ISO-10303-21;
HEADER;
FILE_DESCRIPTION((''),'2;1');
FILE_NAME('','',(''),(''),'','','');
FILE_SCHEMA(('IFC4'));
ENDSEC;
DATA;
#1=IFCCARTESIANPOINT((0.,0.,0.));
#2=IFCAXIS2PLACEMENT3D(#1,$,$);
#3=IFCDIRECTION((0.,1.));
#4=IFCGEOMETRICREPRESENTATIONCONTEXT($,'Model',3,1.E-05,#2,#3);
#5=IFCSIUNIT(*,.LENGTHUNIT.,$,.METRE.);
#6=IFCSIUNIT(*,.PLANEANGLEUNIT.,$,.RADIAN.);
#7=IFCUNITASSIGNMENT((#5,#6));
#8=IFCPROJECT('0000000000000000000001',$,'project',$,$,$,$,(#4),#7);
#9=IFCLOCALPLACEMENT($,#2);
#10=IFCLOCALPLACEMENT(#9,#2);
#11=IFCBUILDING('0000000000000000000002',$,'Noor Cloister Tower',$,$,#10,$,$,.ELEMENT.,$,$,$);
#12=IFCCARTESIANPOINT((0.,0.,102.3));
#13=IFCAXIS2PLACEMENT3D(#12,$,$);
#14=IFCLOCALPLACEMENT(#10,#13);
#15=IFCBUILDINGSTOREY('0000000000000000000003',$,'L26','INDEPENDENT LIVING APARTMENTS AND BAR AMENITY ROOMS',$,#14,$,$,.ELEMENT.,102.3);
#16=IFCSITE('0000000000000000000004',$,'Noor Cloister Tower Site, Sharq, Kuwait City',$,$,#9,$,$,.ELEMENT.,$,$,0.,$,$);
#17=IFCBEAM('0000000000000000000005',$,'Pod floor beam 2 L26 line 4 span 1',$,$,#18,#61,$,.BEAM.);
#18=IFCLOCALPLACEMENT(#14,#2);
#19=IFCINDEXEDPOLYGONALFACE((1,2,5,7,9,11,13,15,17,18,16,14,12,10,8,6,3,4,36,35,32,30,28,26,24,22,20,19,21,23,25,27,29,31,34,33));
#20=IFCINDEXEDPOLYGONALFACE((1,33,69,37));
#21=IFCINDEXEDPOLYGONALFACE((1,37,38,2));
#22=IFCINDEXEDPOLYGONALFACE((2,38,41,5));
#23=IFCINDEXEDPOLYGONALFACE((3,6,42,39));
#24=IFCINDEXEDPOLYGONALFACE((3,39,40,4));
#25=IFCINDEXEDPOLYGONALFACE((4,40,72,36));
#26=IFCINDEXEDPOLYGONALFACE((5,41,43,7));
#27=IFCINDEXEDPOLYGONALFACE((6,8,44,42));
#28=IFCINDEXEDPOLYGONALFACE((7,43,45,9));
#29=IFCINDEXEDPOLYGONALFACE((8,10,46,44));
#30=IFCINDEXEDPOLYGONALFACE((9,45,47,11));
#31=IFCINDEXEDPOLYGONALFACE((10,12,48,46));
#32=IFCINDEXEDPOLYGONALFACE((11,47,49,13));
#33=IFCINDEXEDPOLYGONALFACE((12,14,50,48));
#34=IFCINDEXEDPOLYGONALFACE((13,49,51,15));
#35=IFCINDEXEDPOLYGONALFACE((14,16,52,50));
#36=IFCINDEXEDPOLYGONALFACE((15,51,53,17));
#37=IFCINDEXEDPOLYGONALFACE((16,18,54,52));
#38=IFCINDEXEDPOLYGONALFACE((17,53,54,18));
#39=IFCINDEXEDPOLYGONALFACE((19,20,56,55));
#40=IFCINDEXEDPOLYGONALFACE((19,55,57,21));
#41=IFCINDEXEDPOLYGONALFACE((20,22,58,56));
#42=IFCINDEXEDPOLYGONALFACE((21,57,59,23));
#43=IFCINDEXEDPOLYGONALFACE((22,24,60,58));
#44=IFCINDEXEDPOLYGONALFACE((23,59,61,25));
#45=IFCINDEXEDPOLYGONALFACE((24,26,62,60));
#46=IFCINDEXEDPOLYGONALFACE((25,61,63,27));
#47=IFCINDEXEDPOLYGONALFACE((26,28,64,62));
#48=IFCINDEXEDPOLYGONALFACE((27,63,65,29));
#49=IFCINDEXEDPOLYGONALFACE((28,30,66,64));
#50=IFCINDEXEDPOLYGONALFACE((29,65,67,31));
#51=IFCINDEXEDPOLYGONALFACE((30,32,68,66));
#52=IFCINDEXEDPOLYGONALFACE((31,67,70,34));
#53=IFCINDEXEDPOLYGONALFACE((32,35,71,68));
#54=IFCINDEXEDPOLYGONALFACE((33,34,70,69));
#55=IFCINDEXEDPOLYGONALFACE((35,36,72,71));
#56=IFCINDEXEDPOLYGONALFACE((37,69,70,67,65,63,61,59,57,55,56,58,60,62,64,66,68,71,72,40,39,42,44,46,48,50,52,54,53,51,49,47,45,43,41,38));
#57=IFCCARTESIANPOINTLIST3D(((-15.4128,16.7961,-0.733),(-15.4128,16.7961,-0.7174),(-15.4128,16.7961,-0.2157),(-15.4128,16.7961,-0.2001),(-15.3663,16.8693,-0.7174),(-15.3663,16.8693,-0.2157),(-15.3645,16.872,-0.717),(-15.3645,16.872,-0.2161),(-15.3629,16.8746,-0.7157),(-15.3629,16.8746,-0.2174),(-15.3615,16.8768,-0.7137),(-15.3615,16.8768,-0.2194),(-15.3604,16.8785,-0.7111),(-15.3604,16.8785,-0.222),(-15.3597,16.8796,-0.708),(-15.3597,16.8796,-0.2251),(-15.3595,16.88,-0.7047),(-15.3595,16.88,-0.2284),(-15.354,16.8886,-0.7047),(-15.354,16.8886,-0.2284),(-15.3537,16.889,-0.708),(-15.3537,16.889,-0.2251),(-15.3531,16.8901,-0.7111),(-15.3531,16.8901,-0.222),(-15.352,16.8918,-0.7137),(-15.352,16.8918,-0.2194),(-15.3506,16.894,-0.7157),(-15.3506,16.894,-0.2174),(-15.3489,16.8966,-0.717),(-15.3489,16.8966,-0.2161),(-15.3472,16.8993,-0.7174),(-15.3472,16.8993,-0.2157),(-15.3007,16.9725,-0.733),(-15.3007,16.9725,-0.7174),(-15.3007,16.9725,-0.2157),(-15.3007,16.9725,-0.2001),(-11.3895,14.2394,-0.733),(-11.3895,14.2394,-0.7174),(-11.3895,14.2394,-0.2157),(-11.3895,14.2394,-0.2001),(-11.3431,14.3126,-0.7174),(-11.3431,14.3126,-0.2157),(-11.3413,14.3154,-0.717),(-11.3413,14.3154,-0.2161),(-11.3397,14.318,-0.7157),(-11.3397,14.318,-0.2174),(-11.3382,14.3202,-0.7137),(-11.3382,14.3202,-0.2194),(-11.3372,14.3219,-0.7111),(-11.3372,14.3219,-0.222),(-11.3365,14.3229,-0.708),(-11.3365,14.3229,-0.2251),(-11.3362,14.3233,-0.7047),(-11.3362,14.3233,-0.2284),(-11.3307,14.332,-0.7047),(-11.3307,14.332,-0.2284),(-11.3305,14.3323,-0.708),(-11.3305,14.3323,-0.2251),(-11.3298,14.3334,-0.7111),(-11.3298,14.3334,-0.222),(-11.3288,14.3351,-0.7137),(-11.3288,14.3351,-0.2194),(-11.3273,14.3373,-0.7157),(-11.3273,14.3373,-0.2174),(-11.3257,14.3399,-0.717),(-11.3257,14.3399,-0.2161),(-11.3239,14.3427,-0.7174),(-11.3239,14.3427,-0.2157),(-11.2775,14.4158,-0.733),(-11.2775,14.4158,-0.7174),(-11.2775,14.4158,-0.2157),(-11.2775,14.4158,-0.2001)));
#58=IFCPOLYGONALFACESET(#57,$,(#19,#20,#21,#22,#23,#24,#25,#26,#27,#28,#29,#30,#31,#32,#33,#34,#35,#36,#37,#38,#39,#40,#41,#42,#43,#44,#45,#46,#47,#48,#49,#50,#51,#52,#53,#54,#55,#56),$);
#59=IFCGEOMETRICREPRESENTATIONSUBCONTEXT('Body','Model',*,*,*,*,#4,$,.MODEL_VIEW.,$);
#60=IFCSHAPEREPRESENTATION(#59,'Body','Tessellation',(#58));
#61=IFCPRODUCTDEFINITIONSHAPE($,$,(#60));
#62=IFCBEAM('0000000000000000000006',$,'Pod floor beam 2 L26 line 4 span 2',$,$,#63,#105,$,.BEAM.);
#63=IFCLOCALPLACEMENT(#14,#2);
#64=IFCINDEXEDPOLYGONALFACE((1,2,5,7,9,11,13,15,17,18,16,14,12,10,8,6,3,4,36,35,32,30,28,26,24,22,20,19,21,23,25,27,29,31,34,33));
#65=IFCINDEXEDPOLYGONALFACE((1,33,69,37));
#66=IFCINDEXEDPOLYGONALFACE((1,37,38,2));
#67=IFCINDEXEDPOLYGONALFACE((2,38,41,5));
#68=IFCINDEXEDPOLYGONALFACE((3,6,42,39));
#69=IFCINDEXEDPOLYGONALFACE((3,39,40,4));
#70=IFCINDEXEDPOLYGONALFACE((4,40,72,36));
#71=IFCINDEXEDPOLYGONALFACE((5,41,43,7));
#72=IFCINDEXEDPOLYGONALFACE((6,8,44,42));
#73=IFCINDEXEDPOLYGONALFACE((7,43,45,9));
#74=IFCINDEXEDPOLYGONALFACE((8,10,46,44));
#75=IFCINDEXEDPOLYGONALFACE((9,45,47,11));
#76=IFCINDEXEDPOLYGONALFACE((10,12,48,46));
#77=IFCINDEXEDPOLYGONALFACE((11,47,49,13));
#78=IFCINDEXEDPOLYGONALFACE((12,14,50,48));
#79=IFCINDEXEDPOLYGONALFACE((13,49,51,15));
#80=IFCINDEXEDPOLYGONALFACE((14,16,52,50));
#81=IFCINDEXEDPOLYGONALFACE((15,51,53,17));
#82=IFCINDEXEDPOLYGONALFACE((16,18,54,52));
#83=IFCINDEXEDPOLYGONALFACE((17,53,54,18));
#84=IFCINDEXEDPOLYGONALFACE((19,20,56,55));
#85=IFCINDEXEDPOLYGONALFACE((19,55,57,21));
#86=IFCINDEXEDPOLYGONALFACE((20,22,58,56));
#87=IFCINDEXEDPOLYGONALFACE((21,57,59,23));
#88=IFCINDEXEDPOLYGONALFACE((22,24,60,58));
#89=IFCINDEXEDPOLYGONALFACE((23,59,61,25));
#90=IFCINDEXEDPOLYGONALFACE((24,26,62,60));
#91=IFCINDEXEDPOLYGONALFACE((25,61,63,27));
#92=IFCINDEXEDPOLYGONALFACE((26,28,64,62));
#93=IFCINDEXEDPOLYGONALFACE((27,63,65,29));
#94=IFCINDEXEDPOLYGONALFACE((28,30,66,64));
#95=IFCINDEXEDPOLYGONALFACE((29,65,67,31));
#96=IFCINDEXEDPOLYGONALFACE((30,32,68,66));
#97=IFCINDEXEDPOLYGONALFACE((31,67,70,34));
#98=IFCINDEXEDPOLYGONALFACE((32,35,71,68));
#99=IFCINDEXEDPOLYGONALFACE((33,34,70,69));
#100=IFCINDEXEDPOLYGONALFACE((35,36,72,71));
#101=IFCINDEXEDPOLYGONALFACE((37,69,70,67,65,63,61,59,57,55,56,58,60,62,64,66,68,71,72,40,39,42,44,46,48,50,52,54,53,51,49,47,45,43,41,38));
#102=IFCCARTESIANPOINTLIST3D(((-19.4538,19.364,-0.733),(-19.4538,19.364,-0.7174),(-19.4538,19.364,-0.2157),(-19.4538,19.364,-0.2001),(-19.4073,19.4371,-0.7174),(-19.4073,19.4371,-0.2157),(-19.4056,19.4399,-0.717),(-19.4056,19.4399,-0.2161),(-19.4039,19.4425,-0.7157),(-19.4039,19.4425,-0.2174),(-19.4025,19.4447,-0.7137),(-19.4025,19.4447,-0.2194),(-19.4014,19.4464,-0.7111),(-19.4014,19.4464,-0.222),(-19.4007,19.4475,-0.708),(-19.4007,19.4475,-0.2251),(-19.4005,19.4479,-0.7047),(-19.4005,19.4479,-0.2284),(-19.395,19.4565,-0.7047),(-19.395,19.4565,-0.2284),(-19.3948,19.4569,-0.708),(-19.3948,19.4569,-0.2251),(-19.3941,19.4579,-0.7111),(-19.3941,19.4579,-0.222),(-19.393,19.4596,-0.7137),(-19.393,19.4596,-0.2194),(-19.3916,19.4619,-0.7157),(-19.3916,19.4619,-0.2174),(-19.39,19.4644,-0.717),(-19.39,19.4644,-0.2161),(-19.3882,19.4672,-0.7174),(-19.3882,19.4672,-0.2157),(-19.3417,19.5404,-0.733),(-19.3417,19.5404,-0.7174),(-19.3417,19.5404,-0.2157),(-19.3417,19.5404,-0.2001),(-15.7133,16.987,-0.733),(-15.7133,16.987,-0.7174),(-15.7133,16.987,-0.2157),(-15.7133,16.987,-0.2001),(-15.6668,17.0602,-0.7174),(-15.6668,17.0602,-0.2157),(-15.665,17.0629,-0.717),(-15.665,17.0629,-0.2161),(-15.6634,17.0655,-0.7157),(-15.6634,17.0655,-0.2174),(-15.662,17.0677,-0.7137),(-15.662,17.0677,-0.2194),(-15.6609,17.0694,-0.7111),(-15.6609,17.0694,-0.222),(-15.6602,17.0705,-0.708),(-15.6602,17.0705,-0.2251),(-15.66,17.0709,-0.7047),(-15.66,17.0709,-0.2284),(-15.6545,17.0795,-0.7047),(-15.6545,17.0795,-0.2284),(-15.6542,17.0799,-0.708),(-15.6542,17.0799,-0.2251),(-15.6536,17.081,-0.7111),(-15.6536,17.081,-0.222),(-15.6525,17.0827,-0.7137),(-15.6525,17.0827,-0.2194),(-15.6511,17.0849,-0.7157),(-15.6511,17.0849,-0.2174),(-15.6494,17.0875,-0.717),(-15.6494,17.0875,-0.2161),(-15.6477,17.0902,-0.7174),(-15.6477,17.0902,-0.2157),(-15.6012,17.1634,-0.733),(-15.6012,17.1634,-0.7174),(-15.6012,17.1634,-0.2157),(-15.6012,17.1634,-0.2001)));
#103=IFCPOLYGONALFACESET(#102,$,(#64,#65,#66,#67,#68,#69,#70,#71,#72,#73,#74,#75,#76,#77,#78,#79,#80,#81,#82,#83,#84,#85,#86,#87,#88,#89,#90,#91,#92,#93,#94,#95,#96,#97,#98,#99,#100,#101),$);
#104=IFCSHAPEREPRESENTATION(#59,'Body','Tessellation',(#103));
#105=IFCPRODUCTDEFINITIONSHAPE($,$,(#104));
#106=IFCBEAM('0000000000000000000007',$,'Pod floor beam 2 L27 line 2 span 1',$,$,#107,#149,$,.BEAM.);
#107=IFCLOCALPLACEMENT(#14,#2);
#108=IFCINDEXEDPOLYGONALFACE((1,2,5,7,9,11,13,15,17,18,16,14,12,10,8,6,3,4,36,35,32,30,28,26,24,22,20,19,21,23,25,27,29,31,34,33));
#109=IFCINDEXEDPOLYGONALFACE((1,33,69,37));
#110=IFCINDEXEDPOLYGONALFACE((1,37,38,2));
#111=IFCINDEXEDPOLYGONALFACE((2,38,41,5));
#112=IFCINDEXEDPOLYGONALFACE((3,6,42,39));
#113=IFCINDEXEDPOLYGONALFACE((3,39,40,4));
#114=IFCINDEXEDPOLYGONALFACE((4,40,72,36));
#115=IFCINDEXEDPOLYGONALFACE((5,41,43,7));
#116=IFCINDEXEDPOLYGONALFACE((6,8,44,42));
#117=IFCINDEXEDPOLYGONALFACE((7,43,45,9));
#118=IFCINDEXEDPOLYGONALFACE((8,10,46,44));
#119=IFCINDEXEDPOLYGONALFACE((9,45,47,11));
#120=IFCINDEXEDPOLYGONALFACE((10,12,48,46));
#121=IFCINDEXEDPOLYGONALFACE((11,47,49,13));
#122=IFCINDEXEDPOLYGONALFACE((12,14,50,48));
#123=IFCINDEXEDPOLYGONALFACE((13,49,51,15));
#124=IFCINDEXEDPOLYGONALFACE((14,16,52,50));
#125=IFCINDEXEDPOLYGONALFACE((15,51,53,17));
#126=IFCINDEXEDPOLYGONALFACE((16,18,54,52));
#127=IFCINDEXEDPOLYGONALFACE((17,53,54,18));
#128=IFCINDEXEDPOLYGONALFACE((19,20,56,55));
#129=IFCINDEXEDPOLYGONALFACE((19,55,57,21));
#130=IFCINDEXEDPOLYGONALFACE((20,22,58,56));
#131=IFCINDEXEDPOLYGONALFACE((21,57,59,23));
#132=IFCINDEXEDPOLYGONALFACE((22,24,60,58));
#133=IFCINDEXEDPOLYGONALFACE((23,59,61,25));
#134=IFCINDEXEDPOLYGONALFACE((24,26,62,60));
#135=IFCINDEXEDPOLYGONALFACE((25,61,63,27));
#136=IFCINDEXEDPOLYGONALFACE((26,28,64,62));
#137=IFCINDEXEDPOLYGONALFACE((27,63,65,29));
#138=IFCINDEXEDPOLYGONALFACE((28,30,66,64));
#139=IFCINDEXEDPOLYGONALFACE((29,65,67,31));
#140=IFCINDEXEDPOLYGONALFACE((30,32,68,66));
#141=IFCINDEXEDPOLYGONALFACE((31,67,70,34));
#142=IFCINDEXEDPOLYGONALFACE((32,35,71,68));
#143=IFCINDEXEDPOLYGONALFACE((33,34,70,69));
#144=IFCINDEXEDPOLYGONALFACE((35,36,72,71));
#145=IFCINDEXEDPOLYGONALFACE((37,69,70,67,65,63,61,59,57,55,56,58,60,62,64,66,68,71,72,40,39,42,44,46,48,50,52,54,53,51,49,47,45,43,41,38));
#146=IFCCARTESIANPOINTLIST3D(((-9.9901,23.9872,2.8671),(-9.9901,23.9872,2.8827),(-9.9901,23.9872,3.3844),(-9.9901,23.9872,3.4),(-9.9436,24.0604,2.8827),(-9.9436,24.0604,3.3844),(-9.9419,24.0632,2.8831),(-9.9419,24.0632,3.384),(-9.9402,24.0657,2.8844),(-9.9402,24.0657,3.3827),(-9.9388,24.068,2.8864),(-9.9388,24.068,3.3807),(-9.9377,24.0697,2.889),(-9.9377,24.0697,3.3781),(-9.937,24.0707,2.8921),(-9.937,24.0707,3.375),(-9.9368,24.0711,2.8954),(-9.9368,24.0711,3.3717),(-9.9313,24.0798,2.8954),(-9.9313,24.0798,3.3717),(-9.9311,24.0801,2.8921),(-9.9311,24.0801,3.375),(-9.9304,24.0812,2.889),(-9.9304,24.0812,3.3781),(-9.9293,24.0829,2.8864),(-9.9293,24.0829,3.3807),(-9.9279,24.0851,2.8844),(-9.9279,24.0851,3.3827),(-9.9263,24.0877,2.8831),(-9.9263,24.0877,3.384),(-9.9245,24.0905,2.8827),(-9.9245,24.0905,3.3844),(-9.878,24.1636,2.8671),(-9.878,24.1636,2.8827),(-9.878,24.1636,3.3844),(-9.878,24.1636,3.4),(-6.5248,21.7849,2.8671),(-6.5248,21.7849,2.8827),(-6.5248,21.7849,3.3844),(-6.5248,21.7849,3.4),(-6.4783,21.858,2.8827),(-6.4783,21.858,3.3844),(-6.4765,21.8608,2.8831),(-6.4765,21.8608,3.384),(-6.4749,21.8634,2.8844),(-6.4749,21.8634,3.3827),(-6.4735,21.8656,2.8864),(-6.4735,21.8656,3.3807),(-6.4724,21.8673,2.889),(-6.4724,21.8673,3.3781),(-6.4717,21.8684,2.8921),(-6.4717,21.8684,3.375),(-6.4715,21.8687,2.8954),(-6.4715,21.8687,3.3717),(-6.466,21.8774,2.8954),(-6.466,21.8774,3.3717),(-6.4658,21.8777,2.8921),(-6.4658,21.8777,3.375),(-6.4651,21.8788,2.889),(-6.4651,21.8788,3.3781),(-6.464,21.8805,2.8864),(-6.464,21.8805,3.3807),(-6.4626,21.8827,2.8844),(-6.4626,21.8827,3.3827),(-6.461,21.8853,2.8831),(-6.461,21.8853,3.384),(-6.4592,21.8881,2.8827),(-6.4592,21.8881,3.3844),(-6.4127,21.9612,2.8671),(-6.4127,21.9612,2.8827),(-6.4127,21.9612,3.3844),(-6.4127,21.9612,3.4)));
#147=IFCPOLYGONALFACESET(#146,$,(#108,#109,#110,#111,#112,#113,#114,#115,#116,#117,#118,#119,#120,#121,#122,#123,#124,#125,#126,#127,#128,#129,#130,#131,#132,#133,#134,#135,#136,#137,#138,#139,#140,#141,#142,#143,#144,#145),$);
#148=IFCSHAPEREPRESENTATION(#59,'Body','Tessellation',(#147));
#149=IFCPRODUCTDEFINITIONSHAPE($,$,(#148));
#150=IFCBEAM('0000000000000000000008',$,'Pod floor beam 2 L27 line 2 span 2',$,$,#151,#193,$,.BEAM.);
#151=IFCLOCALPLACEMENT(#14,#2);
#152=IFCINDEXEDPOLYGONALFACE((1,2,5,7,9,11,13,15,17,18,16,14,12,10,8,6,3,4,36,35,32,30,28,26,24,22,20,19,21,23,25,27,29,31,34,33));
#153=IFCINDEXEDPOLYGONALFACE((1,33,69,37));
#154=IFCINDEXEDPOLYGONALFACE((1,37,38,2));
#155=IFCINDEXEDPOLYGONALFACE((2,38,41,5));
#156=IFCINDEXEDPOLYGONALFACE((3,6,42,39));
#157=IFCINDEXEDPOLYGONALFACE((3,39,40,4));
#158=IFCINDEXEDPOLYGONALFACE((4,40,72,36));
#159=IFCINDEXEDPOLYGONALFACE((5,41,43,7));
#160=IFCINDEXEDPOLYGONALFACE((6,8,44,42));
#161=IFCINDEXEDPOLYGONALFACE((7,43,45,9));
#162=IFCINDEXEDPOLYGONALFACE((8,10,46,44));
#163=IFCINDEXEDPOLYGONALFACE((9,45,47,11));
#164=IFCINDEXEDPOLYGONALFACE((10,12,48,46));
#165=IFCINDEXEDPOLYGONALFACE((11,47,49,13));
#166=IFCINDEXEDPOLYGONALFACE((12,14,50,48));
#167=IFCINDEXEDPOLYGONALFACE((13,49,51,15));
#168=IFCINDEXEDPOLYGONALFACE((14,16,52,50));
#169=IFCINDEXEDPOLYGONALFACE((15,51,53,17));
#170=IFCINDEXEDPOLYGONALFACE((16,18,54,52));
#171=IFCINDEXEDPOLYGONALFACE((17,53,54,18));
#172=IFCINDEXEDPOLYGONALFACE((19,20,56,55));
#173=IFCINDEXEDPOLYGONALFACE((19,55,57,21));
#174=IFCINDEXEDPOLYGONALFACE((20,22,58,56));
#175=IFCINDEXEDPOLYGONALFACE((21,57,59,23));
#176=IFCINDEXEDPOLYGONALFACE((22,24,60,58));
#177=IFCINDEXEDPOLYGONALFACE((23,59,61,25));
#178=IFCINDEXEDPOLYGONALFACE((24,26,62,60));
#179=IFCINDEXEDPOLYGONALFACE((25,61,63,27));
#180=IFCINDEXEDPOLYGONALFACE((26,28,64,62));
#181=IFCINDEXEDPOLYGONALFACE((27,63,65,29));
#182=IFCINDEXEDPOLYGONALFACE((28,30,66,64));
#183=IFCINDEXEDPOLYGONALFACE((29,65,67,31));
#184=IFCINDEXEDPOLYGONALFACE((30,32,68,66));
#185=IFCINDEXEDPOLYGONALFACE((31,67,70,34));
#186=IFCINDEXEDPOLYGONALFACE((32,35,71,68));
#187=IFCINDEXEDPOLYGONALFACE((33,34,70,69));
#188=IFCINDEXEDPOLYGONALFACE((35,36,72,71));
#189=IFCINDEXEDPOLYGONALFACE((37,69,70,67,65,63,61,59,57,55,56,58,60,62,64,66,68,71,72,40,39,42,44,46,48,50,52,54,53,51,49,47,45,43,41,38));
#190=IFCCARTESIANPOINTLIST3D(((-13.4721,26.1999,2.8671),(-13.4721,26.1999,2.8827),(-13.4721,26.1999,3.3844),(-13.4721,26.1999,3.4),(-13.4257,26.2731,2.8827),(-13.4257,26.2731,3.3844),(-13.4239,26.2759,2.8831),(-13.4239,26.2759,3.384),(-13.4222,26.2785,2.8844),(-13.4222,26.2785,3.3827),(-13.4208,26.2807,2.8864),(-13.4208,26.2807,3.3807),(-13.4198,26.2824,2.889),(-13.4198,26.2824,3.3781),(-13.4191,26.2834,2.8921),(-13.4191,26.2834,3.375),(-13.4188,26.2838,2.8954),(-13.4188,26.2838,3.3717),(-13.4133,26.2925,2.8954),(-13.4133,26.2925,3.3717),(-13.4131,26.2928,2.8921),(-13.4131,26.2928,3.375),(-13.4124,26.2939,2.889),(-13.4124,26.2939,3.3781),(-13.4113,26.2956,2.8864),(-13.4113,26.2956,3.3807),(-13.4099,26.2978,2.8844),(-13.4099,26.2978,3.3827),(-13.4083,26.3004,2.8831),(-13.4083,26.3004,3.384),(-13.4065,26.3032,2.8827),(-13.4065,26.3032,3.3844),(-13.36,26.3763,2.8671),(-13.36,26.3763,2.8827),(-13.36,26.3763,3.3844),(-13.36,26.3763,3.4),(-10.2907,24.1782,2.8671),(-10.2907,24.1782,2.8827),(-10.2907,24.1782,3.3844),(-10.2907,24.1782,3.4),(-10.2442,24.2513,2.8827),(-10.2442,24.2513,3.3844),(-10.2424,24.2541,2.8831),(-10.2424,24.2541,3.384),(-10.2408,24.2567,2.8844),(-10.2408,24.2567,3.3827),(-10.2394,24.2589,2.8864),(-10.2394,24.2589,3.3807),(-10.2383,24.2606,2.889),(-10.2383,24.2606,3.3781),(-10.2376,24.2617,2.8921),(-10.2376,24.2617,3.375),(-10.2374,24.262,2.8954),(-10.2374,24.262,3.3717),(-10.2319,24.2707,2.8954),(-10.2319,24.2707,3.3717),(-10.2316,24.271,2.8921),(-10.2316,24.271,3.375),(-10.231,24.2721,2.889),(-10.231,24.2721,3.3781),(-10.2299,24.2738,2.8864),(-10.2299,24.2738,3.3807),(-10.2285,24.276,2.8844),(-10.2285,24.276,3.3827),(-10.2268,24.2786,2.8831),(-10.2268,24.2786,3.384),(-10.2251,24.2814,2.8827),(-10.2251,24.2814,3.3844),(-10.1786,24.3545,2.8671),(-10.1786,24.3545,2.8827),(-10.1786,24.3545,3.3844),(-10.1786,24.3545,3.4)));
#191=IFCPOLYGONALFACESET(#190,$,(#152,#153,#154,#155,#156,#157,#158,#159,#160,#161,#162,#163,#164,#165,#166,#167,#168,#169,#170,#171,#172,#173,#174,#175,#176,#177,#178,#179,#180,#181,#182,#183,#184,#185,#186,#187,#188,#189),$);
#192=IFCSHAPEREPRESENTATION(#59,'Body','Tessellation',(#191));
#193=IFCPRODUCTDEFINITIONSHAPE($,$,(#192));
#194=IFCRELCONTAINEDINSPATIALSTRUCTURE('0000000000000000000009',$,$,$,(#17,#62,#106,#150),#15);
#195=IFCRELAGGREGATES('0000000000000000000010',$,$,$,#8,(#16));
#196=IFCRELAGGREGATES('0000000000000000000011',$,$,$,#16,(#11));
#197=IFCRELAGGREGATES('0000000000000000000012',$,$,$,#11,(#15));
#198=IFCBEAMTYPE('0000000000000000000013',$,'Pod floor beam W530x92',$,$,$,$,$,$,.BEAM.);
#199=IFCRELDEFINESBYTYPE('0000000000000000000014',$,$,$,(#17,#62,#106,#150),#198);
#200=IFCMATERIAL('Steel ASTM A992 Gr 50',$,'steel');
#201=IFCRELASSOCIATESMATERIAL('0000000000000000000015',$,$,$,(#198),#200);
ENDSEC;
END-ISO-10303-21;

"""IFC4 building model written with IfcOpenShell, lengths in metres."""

from ifc_helpers import new_model, si_unit, direction, frame, origin, origin_2d, place, context, subcontext, project, spatial, i_section, extrude, material, material_profile, profile_set, type_object, element, save


model = new_model("IFC4")

# Units and contexts
model_context = context("Model", 3, precision=1e-05, world=origin(), true_north=direction((0.0, 1.0)))
body_context = subcontext(model_context, "Body", "Model", "MODEL_VIEW")
ifc_project = project(units=[si_unit("LENGTHUNIT", "METRE"), si_unit("PLANEANGLEUNIT", "RADIAN")], contexts=[model_context])

# Site, building, storey
site_placement = place(None, origin())
site = spatial("IfcSite", under=ifc_project, at=site_placement, Name="Noor Cloister Tower Site, Sharq, Kuwait City", CompositionType="ELEMENT", RefElevation=0.0)
building_placement = place(site_placement, origin())
building = spatial("IfcBuilding", under=site, at=building_placement, Name="Noor Cloister Tower", CompositionType="ELEMENT")
storey_placement = place(building_placement, frame((0.0, 0.0, 102.3)))
storey = spatial("IfcBuildingStorey", under=building, at=storey_placement, Name="L26", Description="INDEPENDENT LIVING APARTMENTS AND BAR AMENITY ROOMS", CompositionType="ELEMENT", Elevation=102.3)

# Beams
ifc_material_1 = material(Name="Steel ASTM A992 Gr 50", Category="steel")
ifc_material_profile_1 = material_profile(ifc_material_1, i_section(OverallWidth=0.209, OverallDepth=0.533, WebThickness=0.0103, FlangeThickness=0.0156, FilletRadius=0.0127, at=origin_2d()), Name="W530x92")
ifc_profile_set_1 = profile_set([ifc_material_profile_1], Name="Steel ASTM A992 Gr 50")
beam_type_1 = type_object("IfcBeamType", Name="Pod floor beam W530x92", PredefinedType="BEAM", material=ifc_profile_set_1)
beam_1_placement = place(storey_placement, frame((-11.3335, 14.3276, -0.4666), z_axis=(-0.844001, 0.536342, 0.0), x_axis=(-0.536342, -0.844001, 0.0)))
element("IfcBeam", 1, at=beam_1_placement, inside=storey, type_object=beam_type_1, Name="Pod floor beam 2 L26 line 4 span 1", PredefinedType="BEAM", context=body_context, shape_type="SweptSolid", body=[
    extrude(i_section(OverallWidth=0.209, OverallDepth=0.533, WebThickness=0.0103, FlangeThickness=0.0156, FilletRadius=0.0127, at=origin_2d()), origin(), (0.0, 0.0, 1.0), 4.7668),
])
beam_2_placement = place(storey_placement, frame((-15.6572, 17.0752, -0.4666), z_axis=(-0.844004, 0.536337, 0.0), x_axis=(-0.536337, -0.844004, 0.0)))
element("IfcBeam", 2, at=beam_2_placement, inside=storey, type_object=beam_type_1, Name="Pod floor beam 2 L26 line 4 span 2", PredefinedType="BEAM", context=body_context, shape_type="SweptSolid", body=[
    extrude(i_section(OverallWidth=0.209, OverallDepth=0.533, WebThickness=0.0103, FlangeThickness=0.0156, FilletRadius=0.0127, at=origin_2d()), origin(), (0.0, 0.0, 1.0), 4.4319),
])
beam_3_placement = place(storey_placement, frame((-6.4688, 21.873, 3.1335), z_axis=(-0.843972, 0.536387, 0.0), x_axis=(-0.536387, -0.843972, 0.0)))
element("IfcBeam", 3, at=beam_3_placement, inside=storey, type_object=beam_type_1, Name="Pod floor beam 2 L27 line 2 span 1", PredefinedType="BEAM", context=body_context, shape_type="SweptSolid", body=[
    extrude(i_section(OverallWidth=0.209, OverallDepth=0.533, WebThickness=0.0103, FlangeThickness=0.0156, FilletRadius=0.0127, at=origin_2d()), origin(), (0.0, 0.0, 1.0), 4.106),
])
beam_4_placement = place(storey_placement, frame((-10.2346, 24.2664, 3.1335), z_axis=(-0.843997, 0.536347, 0.0), x_axis=(-0.536347, -0.843997, 0.0)))
element("IfcBeam", 4, at=beam_4_placement, inside=storey, type_object=beam_type_1, Name="Pod floor beam 2 L27 line 2 span 2", PredefinedType="BEAM", context=body_context, shape_type="SweptSolid", body=[
    extrude(i_section(OverallWidth=0.209, OverallDepth=0.533, WebThickness=0.0103, FlangeThickness=0.0156, FilletRadius=0.0127, at=origin_2d()), origin(), (0.0, 0.0, 1.0), 3.7695),
])

save(model, "model.ifc")
